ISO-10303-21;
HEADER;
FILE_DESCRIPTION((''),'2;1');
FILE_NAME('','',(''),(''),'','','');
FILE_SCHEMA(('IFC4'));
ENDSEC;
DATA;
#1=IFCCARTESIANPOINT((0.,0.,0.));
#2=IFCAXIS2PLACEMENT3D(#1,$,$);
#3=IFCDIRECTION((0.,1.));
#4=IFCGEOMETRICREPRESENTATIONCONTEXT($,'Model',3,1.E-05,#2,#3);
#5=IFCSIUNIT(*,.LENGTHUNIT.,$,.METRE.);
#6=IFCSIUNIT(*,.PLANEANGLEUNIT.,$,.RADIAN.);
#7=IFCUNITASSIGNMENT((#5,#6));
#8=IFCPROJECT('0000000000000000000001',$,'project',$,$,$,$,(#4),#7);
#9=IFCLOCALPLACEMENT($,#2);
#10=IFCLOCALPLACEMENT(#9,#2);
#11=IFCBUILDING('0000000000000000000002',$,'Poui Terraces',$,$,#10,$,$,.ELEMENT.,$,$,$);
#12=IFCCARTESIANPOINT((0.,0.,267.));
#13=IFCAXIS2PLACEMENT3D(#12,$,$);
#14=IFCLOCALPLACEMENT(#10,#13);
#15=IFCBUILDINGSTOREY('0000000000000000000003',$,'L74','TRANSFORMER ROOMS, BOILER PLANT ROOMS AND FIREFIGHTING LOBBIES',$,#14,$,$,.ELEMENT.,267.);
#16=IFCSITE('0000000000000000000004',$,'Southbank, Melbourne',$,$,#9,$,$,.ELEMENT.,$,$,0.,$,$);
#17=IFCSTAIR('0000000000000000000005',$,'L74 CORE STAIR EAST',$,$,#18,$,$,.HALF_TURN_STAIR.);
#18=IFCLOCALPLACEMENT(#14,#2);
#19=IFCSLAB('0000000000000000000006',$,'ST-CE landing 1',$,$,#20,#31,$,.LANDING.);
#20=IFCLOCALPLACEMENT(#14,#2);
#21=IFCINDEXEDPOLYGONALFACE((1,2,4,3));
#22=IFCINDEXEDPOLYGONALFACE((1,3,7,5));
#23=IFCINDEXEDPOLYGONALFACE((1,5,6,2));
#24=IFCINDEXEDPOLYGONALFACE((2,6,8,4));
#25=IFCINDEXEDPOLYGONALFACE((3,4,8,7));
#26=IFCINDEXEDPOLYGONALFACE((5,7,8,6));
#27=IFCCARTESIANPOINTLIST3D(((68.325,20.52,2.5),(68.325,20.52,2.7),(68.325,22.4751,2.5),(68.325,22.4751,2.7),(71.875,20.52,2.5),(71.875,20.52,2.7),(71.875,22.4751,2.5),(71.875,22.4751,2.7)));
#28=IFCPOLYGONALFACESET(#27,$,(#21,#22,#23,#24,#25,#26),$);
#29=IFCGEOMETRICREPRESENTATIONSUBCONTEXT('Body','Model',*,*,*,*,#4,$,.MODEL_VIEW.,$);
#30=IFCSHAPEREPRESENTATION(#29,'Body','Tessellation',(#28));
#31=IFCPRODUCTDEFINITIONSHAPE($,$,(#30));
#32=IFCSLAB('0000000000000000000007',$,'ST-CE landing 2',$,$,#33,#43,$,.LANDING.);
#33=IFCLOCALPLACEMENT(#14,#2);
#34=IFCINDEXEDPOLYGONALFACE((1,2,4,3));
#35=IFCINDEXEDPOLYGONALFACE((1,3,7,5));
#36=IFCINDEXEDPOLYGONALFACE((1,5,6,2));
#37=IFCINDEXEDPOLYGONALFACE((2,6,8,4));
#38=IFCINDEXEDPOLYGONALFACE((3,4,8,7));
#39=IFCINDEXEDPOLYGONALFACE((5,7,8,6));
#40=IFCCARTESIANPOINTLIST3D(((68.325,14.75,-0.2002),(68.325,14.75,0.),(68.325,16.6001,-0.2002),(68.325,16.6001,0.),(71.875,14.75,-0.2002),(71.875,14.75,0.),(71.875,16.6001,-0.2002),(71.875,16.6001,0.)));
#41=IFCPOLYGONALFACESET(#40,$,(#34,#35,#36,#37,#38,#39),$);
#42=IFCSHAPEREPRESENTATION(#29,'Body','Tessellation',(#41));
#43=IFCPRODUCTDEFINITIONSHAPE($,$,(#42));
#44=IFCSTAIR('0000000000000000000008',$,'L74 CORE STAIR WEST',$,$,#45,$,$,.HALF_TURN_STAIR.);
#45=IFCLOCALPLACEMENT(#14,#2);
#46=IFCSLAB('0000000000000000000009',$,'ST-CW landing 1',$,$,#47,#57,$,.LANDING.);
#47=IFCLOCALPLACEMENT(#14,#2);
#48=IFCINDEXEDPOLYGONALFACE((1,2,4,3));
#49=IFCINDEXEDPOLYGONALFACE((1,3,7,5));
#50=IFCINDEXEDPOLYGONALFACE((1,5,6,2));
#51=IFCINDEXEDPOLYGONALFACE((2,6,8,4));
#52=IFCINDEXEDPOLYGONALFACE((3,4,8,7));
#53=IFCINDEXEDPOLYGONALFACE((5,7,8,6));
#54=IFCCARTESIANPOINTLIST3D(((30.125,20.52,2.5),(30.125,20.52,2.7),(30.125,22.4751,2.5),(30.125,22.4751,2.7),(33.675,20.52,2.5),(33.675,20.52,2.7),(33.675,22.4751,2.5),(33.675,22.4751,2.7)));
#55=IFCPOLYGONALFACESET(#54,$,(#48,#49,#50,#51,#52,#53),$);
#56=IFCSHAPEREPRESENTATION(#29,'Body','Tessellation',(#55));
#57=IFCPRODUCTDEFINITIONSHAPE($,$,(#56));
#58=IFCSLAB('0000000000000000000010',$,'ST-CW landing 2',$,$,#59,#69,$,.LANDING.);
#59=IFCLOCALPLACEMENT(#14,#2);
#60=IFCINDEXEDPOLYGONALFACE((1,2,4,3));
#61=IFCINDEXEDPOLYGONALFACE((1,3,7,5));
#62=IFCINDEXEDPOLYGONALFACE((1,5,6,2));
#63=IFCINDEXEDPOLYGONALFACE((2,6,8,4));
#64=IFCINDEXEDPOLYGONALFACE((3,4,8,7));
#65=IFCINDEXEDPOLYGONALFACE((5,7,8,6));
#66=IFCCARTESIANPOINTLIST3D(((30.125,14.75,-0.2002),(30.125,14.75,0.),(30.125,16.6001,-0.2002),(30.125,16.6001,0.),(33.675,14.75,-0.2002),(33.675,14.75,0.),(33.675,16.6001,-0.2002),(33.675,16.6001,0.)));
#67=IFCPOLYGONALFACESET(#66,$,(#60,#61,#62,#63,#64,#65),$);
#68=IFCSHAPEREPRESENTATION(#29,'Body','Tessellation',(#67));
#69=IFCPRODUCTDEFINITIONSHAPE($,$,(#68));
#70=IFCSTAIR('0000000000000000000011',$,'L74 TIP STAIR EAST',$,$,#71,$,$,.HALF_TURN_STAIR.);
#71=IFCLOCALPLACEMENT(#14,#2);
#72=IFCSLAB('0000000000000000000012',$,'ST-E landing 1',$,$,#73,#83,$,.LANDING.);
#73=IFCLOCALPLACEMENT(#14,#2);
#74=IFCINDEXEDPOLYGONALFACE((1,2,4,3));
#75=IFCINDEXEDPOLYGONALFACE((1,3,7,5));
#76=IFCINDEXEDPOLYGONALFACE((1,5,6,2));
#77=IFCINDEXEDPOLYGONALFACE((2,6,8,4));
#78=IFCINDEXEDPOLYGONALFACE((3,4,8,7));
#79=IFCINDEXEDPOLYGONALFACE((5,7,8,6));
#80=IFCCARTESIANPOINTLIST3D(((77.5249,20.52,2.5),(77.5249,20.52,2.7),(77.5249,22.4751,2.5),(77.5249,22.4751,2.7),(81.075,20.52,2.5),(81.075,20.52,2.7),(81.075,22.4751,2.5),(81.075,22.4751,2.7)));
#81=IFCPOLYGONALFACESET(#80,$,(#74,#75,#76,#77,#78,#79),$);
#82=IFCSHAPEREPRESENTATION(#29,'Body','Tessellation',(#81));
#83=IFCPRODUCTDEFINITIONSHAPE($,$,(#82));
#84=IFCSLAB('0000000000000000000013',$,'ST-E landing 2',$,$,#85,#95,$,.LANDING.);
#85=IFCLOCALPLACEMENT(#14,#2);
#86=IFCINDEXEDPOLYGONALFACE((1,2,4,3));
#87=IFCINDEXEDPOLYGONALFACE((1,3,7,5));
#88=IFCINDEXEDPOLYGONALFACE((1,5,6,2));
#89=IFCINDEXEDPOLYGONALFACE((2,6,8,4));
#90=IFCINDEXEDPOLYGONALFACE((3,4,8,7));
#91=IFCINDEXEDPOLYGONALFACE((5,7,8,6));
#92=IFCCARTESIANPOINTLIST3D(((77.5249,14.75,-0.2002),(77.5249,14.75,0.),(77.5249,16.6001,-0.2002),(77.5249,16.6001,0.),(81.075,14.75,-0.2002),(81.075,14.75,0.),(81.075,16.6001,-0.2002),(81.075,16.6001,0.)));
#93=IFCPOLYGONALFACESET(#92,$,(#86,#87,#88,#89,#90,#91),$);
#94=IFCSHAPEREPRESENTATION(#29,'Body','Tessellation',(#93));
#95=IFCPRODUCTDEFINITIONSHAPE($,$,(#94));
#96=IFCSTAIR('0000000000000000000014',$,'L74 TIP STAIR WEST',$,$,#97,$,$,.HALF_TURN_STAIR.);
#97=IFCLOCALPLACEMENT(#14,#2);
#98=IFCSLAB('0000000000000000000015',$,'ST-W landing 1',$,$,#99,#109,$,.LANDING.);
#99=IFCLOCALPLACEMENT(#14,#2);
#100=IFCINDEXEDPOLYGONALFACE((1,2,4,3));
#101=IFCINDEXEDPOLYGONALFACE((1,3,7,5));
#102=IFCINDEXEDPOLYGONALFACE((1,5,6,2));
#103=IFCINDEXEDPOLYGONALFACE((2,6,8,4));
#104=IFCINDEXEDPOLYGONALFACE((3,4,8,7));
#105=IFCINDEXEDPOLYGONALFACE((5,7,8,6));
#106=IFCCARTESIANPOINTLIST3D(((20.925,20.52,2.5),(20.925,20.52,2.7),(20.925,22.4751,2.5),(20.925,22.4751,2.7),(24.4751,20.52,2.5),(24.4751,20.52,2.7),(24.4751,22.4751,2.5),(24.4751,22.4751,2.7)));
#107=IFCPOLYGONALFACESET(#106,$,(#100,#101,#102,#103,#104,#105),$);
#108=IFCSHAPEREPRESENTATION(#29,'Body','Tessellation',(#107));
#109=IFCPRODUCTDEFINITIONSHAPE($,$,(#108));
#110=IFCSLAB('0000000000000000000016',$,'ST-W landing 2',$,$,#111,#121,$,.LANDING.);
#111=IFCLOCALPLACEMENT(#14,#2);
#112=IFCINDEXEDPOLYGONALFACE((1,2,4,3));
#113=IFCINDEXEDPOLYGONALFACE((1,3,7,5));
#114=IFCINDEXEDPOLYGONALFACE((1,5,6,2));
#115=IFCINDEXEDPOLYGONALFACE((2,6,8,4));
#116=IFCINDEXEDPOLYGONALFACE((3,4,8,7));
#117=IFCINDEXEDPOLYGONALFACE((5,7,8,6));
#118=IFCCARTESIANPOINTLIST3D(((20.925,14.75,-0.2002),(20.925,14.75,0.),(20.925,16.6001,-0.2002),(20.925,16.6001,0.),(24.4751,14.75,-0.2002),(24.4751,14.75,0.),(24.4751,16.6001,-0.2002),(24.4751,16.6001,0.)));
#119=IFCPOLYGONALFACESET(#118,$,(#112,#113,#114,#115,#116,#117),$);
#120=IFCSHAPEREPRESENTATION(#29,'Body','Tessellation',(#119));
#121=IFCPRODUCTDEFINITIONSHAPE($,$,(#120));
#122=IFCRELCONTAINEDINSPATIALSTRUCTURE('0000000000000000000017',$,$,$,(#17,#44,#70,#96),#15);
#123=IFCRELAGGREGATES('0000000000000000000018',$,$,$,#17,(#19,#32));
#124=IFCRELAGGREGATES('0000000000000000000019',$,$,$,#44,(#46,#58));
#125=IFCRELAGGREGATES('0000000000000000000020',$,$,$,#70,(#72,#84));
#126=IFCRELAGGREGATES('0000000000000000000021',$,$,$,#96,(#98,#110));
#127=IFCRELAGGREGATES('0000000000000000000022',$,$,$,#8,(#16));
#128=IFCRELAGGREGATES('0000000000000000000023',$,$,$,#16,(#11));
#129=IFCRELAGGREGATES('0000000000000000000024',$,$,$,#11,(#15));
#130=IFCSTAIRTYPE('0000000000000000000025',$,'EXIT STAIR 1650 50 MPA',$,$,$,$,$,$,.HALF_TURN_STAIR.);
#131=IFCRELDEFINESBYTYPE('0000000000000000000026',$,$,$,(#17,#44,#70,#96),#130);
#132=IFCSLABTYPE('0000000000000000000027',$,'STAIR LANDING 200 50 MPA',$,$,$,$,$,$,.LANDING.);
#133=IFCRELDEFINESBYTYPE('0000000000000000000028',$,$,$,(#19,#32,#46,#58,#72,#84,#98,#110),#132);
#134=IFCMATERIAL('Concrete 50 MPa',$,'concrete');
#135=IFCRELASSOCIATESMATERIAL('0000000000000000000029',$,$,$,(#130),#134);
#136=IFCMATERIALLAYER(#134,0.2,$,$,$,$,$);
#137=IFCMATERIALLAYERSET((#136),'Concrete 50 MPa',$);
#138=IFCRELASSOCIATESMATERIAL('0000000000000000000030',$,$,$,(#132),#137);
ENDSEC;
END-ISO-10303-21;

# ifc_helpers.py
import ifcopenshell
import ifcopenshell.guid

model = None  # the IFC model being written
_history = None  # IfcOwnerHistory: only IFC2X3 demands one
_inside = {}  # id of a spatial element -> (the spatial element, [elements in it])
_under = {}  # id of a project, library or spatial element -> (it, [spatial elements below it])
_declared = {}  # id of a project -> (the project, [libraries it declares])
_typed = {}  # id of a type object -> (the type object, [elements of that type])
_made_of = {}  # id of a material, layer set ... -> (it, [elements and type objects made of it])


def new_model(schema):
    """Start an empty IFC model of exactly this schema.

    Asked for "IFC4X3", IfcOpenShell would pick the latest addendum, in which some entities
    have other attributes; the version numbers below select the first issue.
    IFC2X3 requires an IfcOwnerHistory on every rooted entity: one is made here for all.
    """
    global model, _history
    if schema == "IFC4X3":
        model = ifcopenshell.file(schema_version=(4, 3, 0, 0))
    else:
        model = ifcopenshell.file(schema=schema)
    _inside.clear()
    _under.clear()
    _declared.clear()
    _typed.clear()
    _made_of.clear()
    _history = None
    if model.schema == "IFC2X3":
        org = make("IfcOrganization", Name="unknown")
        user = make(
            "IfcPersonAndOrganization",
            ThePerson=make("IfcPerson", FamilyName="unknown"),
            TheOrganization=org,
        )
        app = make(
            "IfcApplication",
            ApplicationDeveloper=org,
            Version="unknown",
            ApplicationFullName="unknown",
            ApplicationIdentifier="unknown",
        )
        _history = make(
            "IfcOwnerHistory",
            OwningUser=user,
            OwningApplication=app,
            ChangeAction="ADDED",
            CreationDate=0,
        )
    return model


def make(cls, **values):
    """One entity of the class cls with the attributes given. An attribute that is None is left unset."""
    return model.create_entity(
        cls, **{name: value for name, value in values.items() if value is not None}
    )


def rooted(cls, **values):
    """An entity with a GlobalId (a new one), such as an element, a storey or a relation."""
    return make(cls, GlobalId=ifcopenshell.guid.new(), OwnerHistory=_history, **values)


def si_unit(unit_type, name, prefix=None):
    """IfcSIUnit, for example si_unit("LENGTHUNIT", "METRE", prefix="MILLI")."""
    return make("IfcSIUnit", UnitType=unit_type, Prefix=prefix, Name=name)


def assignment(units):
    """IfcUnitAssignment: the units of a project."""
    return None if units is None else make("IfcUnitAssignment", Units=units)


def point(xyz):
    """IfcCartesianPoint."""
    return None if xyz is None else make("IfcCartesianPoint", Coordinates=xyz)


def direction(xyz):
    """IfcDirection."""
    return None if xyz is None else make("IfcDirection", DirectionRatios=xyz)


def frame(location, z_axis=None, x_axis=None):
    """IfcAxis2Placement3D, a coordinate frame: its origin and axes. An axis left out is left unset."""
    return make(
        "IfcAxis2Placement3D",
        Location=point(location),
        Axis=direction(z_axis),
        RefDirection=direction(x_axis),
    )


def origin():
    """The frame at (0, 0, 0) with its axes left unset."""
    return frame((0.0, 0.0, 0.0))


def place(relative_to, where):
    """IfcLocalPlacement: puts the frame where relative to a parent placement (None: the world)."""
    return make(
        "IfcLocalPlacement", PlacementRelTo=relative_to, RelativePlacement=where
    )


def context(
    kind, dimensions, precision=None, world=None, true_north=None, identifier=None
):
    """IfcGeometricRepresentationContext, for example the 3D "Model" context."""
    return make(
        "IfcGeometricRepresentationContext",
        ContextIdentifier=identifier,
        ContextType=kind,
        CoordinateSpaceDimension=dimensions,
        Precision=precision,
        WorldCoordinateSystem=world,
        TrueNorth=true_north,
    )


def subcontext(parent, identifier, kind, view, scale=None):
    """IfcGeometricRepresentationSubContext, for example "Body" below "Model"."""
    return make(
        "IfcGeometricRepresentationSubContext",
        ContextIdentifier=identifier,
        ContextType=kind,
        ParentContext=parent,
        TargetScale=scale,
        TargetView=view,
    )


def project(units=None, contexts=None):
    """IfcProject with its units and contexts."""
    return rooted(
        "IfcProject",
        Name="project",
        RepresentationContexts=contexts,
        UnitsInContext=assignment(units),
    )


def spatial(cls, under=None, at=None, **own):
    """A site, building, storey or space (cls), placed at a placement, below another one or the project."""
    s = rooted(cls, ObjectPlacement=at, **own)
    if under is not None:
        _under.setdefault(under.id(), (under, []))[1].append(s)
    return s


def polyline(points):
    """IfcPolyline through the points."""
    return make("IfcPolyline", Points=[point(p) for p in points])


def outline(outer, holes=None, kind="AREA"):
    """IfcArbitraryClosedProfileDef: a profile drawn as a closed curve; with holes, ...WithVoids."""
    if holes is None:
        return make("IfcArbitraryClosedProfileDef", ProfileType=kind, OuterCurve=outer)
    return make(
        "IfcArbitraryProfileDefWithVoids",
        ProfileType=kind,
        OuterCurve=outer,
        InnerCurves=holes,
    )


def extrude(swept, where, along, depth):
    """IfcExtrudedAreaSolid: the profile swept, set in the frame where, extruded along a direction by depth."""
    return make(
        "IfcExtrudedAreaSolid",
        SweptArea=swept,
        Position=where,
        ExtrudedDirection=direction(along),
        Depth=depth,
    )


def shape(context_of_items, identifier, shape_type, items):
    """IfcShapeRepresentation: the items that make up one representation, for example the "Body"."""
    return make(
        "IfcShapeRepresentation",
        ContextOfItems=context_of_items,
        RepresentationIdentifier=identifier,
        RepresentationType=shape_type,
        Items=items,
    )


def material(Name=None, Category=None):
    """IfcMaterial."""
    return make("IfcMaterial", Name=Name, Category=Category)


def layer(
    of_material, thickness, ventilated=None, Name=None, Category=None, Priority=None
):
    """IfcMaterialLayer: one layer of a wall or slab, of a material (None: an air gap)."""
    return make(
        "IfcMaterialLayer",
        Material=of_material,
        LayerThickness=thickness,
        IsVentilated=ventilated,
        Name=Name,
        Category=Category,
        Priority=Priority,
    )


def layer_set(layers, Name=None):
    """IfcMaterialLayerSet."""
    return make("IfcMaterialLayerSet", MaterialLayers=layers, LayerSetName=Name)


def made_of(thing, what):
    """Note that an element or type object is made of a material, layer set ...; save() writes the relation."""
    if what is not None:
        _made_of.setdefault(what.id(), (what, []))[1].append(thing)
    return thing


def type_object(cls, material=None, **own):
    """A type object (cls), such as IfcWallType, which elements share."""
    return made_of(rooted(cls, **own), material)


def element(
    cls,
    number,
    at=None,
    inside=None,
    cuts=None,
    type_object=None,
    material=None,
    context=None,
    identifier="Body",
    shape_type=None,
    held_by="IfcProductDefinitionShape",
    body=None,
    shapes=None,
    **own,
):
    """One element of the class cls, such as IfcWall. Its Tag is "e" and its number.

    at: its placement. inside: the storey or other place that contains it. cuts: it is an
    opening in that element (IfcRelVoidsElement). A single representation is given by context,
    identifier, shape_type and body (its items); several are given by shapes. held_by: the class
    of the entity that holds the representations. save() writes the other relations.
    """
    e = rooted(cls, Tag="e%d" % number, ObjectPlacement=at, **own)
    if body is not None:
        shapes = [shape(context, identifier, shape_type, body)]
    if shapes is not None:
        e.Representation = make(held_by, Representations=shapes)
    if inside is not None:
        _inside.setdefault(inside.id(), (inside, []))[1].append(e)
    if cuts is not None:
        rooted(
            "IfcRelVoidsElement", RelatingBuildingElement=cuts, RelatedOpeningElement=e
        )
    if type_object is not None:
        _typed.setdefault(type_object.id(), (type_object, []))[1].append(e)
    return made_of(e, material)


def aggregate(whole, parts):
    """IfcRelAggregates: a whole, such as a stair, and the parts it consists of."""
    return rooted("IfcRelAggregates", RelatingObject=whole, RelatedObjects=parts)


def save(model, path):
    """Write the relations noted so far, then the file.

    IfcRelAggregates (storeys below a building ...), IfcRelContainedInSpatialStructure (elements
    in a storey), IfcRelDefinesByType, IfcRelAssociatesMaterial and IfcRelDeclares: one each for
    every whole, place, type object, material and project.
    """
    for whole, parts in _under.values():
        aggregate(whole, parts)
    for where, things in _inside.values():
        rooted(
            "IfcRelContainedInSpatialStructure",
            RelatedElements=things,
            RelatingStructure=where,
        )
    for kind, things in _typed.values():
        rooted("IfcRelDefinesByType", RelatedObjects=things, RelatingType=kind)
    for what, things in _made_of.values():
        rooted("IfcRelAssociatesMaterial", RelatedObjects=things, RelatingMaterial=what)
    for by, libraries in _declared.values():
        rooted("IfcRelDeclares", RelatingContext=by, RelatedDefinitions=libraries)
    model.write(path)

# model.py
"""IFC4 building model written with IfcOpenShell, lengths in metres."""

from ifc_helpers import new_model, si_unit, direction, frame, origin, place, context, subcontext, project, spatial, polyline, outline, extrude, material, layer, layer_set, type_object, element, aggregate, save


model = new_model("IFC4")

# Units and contexts
model_context = context("Model", 3, precision=1e-05, world=origin(), true_north=direction((0.0, 1.0)))
body_context = subcontext(model_context, "Body", "Model", "MODEL_VIEW")
ifc_project = project(units=[si_unit("LENGTHUNIT", "METRE"), si_unit("PLANEANGLEUNIT", "RADIAN")], contexts=[model_context])

# Site, building, storey
site_placement = place(None, origin())
site = spatial("IfcSite", under=ifc_project, at=site_placement, Name="Southbank, Melbourne", CompositionType="ELEMENT", RefElevation=0.0)
building_placement = place(site_placement, origin())
building = spatial("IfcBuilding", under=site, at=building_placement, Name="Poui Terraces", CompositionType="ELEMENT")
storey_placement = place(building_placement, frame((0.0, 0.0, 267.0)))
storey = spatial("IfcBuildingStorey", under=building, at=storey_placement, Name="L74", Description="TRANSFORMER ROOMS, BOILER PLANT ROOMS AND FIREFIGHTING LOBBIES", CompositionType="ELEMENT", Elevation=267.0)

# Stairs, slabs
ifc_material_1 = material(Name="Concrete 50 MPa", Category="concrete")
stair_type = type_object("IfcStairType", Name="EXIT STAIR 1650 50 MPA", PredefinedType="HALF_TURN_STAIR", material=ifc_material_1)
stair_1_placement = place(storey_placement, origin())
stair_1 = element("IfcStair", 1, at=stair_1_placement, inside=storey, type_object=stair_type, Name="L74 CORE STAIR EAST", PredefinedType="HALF_TURN_STAIR")
ifc_layer_1 = layer(ifc_material_1, 0.2)
ifc_layer_set_1 = layer_set([ifc_layer_1], Name="Concrete 50 MPa")
slab_type_1 = type_object("IfcSlabType", Name="STAIR LANDING 200 50 MPA", PredefinedType="LANDING", material=ifc_layer_set_1)
slab_1_placement = place(storey_placement, frame((0.0, 0.0, 2.5)))
slab_1 = element("IfcSlab", 2, at=slab_1_placement, type_object=slab_type_1, Name="ST-CE landing 1", PredefinedType="LANDING", context=body_context, shape_type="SweptSolid", body=[
    extrude(outline(polyline([(68.325, 20.52), (71.875, 20.52), (71.875, 22.4751), (68.325, 22.4751), (68.325, 20.52)])), origin(), (0.0, 0.0, 1.0), 0.2),
])
slab_2_placement = place(storey_placement, frame((0.0, 0.0, -0.2002)))
slab_2 = element("IfcSlab", 3, at=slab_2_placement, type_object=slab_type_1, Name="ST-CE landing 2", PredefinedType="LANDING", context=body_context, shape_type="SweptSolid", body=[
    extrude(outline(polyline([(68.325, 14.75), (71.875, 14.75), (71.875, 16.6001), (68.325, 16.6001), (68.325, 14.75)])), origin(), (0.0, 0.0, 1.0), 0.2002),
])
aggregate(stair_1, [slab_1, slab_2])
stair_2_placement = place(storey_placement, origin())
stair_2 = element("IfcStair", 4, at=stair_2_placement, inside=storey, type_object=stair_type, Name="L74 CORE STAIR WEST", PredefinedType="HALF_TURN_STAIR")
slab_3_placement = place(storey_placement, frame((0.0, 0.0, 2.5)))
slab_3 = element("IfcSlab", 5, at=slab_3_placement, type_object=slab_type_1, Name="ST-CW landing 1", PredefinedType="LANDING", context=body_context, shape_type="SweptSolid", body=[
    extrude(outline(polyline([(30.125, 20.52), (33.675, 20.52), (33.675, 22.4751), (30.125, 22.4751), (30.125, 20.52)])), origin(), (0.0, 0.0, 1.0), 0.2),
])
slab_4_placement = place(storey_placement, frame((0.0, 0.0, -0.2002)))
slab_4 = element("IfcSlab", 6, at=slab_4_placement, type_object=slab_type_1, Name="ST-CW landing 2", PredefinedType="LANDING", context=body_context, shape_type="SweptSolid", body=[
    extrude(outline(polyline([(30.125, 14.75), (33.675, 14.75), (33.675, 16.6001), (30.125, 16.6001), (30.125, 14.75)])), origin(), (0.0, 0.0, 1.0), 0.2002),
])
aggregate(stair_2, [slab_3, slab_4])
stair_3_placement = place(storey_placement, origin())
stair_3 = element("IfcStair", 7, at=stair_3_placement, inside=storey, type_object=stair_type, Name="L74 TIP STAIR EAST", PredefinedType="HALF_TURN_STAIR")
slab_5_placement = place(storey_placement, frame((0.0, 0.0, 2.5)))
slab_5 = element("IfcSlab", 8, at=slab_5_placement, type_object=slab_type_1, Name="ST-E landing 1", PredefinedType="LANDING", context=body_context, shape_type="SweptSolid", body=[
    extrude(outline(polyline([(77.5249, 20.52), (81.075, 20.52), (81.075, 22.4751), (77.5249, 22.4751), (77.5249, 20.52)])), origin(), (0.0, 0.0, 1.0), 0.2),
])
slab_6_placement = place(storey_placement, frame((0.0, 0.0, -0.2002)))
slab_6 = element("IfcSlab", 9, at=slab_6_placement, type_object=slab_type_1, Name="ST-E landing 2", PredefinedType="LANDING", context=body_context, shape_type="SweptSolid", body=[
    extrude(outline(polyline([(77.5249, 14.75), (81.075, 14.75), (81.075, 16.6001), (77.5249, 16.6001), (77.5249, 14.75)])), origin(), (0.0, 0.0, 1.0), 0.2002),
])
aggregate(stair_3, [slab_5, slab_6])
stair_4_placement = place(storey_placement, origin())
stair_4 = element("IfcStair", 10, at=stair_4_placement, inside=storey, type_object=stair_type, Name="L74 TIP STAIR WEST", PredefinedType="HALF_TURN_STAIR")
slab_7_placement = place(storey_placement, frame((0.0, 0.0, 2.5)))
slab_7 = element("IfcSlab", 11, at=slab_7_placement, type_object=slab_type_1, Name="ST-W landing 1", PredefinedType="LANDING", context=body_context, shape_type="SweptSolid", body=[
    extrude(outline(polyline([(20.925, 20.52), (24.4751, 20.52), (24.4751, 22.4751), (20.925, 22.4751), (20.925, 20.52)])), origin(), (0.0, 0.0, 1.0), 0.2),
])
slab_8_placement = place(storey_placement, frame((0.0, 0.0, -0.2002)))
slab_8 = element("IfcSlab", 12, at=slab_8_placement, type_object=slab_type_1, Name="ST-W landing 2", PredefinedType="LANDING", context=body_context, shape_type="SweptSolid", body=[
    extrude(outline(polyline([(20.925, 14.75), (24.4751, 14.75), (24.4751, 16.6001), (20.925, 16.6001), (20.925, 14.75)])), origin(), (0.0, 0.0, 1.0), 0.2002),
])
aggregate(stair_4, [slab_7, slab_8])

save(model, "model.ifc")
